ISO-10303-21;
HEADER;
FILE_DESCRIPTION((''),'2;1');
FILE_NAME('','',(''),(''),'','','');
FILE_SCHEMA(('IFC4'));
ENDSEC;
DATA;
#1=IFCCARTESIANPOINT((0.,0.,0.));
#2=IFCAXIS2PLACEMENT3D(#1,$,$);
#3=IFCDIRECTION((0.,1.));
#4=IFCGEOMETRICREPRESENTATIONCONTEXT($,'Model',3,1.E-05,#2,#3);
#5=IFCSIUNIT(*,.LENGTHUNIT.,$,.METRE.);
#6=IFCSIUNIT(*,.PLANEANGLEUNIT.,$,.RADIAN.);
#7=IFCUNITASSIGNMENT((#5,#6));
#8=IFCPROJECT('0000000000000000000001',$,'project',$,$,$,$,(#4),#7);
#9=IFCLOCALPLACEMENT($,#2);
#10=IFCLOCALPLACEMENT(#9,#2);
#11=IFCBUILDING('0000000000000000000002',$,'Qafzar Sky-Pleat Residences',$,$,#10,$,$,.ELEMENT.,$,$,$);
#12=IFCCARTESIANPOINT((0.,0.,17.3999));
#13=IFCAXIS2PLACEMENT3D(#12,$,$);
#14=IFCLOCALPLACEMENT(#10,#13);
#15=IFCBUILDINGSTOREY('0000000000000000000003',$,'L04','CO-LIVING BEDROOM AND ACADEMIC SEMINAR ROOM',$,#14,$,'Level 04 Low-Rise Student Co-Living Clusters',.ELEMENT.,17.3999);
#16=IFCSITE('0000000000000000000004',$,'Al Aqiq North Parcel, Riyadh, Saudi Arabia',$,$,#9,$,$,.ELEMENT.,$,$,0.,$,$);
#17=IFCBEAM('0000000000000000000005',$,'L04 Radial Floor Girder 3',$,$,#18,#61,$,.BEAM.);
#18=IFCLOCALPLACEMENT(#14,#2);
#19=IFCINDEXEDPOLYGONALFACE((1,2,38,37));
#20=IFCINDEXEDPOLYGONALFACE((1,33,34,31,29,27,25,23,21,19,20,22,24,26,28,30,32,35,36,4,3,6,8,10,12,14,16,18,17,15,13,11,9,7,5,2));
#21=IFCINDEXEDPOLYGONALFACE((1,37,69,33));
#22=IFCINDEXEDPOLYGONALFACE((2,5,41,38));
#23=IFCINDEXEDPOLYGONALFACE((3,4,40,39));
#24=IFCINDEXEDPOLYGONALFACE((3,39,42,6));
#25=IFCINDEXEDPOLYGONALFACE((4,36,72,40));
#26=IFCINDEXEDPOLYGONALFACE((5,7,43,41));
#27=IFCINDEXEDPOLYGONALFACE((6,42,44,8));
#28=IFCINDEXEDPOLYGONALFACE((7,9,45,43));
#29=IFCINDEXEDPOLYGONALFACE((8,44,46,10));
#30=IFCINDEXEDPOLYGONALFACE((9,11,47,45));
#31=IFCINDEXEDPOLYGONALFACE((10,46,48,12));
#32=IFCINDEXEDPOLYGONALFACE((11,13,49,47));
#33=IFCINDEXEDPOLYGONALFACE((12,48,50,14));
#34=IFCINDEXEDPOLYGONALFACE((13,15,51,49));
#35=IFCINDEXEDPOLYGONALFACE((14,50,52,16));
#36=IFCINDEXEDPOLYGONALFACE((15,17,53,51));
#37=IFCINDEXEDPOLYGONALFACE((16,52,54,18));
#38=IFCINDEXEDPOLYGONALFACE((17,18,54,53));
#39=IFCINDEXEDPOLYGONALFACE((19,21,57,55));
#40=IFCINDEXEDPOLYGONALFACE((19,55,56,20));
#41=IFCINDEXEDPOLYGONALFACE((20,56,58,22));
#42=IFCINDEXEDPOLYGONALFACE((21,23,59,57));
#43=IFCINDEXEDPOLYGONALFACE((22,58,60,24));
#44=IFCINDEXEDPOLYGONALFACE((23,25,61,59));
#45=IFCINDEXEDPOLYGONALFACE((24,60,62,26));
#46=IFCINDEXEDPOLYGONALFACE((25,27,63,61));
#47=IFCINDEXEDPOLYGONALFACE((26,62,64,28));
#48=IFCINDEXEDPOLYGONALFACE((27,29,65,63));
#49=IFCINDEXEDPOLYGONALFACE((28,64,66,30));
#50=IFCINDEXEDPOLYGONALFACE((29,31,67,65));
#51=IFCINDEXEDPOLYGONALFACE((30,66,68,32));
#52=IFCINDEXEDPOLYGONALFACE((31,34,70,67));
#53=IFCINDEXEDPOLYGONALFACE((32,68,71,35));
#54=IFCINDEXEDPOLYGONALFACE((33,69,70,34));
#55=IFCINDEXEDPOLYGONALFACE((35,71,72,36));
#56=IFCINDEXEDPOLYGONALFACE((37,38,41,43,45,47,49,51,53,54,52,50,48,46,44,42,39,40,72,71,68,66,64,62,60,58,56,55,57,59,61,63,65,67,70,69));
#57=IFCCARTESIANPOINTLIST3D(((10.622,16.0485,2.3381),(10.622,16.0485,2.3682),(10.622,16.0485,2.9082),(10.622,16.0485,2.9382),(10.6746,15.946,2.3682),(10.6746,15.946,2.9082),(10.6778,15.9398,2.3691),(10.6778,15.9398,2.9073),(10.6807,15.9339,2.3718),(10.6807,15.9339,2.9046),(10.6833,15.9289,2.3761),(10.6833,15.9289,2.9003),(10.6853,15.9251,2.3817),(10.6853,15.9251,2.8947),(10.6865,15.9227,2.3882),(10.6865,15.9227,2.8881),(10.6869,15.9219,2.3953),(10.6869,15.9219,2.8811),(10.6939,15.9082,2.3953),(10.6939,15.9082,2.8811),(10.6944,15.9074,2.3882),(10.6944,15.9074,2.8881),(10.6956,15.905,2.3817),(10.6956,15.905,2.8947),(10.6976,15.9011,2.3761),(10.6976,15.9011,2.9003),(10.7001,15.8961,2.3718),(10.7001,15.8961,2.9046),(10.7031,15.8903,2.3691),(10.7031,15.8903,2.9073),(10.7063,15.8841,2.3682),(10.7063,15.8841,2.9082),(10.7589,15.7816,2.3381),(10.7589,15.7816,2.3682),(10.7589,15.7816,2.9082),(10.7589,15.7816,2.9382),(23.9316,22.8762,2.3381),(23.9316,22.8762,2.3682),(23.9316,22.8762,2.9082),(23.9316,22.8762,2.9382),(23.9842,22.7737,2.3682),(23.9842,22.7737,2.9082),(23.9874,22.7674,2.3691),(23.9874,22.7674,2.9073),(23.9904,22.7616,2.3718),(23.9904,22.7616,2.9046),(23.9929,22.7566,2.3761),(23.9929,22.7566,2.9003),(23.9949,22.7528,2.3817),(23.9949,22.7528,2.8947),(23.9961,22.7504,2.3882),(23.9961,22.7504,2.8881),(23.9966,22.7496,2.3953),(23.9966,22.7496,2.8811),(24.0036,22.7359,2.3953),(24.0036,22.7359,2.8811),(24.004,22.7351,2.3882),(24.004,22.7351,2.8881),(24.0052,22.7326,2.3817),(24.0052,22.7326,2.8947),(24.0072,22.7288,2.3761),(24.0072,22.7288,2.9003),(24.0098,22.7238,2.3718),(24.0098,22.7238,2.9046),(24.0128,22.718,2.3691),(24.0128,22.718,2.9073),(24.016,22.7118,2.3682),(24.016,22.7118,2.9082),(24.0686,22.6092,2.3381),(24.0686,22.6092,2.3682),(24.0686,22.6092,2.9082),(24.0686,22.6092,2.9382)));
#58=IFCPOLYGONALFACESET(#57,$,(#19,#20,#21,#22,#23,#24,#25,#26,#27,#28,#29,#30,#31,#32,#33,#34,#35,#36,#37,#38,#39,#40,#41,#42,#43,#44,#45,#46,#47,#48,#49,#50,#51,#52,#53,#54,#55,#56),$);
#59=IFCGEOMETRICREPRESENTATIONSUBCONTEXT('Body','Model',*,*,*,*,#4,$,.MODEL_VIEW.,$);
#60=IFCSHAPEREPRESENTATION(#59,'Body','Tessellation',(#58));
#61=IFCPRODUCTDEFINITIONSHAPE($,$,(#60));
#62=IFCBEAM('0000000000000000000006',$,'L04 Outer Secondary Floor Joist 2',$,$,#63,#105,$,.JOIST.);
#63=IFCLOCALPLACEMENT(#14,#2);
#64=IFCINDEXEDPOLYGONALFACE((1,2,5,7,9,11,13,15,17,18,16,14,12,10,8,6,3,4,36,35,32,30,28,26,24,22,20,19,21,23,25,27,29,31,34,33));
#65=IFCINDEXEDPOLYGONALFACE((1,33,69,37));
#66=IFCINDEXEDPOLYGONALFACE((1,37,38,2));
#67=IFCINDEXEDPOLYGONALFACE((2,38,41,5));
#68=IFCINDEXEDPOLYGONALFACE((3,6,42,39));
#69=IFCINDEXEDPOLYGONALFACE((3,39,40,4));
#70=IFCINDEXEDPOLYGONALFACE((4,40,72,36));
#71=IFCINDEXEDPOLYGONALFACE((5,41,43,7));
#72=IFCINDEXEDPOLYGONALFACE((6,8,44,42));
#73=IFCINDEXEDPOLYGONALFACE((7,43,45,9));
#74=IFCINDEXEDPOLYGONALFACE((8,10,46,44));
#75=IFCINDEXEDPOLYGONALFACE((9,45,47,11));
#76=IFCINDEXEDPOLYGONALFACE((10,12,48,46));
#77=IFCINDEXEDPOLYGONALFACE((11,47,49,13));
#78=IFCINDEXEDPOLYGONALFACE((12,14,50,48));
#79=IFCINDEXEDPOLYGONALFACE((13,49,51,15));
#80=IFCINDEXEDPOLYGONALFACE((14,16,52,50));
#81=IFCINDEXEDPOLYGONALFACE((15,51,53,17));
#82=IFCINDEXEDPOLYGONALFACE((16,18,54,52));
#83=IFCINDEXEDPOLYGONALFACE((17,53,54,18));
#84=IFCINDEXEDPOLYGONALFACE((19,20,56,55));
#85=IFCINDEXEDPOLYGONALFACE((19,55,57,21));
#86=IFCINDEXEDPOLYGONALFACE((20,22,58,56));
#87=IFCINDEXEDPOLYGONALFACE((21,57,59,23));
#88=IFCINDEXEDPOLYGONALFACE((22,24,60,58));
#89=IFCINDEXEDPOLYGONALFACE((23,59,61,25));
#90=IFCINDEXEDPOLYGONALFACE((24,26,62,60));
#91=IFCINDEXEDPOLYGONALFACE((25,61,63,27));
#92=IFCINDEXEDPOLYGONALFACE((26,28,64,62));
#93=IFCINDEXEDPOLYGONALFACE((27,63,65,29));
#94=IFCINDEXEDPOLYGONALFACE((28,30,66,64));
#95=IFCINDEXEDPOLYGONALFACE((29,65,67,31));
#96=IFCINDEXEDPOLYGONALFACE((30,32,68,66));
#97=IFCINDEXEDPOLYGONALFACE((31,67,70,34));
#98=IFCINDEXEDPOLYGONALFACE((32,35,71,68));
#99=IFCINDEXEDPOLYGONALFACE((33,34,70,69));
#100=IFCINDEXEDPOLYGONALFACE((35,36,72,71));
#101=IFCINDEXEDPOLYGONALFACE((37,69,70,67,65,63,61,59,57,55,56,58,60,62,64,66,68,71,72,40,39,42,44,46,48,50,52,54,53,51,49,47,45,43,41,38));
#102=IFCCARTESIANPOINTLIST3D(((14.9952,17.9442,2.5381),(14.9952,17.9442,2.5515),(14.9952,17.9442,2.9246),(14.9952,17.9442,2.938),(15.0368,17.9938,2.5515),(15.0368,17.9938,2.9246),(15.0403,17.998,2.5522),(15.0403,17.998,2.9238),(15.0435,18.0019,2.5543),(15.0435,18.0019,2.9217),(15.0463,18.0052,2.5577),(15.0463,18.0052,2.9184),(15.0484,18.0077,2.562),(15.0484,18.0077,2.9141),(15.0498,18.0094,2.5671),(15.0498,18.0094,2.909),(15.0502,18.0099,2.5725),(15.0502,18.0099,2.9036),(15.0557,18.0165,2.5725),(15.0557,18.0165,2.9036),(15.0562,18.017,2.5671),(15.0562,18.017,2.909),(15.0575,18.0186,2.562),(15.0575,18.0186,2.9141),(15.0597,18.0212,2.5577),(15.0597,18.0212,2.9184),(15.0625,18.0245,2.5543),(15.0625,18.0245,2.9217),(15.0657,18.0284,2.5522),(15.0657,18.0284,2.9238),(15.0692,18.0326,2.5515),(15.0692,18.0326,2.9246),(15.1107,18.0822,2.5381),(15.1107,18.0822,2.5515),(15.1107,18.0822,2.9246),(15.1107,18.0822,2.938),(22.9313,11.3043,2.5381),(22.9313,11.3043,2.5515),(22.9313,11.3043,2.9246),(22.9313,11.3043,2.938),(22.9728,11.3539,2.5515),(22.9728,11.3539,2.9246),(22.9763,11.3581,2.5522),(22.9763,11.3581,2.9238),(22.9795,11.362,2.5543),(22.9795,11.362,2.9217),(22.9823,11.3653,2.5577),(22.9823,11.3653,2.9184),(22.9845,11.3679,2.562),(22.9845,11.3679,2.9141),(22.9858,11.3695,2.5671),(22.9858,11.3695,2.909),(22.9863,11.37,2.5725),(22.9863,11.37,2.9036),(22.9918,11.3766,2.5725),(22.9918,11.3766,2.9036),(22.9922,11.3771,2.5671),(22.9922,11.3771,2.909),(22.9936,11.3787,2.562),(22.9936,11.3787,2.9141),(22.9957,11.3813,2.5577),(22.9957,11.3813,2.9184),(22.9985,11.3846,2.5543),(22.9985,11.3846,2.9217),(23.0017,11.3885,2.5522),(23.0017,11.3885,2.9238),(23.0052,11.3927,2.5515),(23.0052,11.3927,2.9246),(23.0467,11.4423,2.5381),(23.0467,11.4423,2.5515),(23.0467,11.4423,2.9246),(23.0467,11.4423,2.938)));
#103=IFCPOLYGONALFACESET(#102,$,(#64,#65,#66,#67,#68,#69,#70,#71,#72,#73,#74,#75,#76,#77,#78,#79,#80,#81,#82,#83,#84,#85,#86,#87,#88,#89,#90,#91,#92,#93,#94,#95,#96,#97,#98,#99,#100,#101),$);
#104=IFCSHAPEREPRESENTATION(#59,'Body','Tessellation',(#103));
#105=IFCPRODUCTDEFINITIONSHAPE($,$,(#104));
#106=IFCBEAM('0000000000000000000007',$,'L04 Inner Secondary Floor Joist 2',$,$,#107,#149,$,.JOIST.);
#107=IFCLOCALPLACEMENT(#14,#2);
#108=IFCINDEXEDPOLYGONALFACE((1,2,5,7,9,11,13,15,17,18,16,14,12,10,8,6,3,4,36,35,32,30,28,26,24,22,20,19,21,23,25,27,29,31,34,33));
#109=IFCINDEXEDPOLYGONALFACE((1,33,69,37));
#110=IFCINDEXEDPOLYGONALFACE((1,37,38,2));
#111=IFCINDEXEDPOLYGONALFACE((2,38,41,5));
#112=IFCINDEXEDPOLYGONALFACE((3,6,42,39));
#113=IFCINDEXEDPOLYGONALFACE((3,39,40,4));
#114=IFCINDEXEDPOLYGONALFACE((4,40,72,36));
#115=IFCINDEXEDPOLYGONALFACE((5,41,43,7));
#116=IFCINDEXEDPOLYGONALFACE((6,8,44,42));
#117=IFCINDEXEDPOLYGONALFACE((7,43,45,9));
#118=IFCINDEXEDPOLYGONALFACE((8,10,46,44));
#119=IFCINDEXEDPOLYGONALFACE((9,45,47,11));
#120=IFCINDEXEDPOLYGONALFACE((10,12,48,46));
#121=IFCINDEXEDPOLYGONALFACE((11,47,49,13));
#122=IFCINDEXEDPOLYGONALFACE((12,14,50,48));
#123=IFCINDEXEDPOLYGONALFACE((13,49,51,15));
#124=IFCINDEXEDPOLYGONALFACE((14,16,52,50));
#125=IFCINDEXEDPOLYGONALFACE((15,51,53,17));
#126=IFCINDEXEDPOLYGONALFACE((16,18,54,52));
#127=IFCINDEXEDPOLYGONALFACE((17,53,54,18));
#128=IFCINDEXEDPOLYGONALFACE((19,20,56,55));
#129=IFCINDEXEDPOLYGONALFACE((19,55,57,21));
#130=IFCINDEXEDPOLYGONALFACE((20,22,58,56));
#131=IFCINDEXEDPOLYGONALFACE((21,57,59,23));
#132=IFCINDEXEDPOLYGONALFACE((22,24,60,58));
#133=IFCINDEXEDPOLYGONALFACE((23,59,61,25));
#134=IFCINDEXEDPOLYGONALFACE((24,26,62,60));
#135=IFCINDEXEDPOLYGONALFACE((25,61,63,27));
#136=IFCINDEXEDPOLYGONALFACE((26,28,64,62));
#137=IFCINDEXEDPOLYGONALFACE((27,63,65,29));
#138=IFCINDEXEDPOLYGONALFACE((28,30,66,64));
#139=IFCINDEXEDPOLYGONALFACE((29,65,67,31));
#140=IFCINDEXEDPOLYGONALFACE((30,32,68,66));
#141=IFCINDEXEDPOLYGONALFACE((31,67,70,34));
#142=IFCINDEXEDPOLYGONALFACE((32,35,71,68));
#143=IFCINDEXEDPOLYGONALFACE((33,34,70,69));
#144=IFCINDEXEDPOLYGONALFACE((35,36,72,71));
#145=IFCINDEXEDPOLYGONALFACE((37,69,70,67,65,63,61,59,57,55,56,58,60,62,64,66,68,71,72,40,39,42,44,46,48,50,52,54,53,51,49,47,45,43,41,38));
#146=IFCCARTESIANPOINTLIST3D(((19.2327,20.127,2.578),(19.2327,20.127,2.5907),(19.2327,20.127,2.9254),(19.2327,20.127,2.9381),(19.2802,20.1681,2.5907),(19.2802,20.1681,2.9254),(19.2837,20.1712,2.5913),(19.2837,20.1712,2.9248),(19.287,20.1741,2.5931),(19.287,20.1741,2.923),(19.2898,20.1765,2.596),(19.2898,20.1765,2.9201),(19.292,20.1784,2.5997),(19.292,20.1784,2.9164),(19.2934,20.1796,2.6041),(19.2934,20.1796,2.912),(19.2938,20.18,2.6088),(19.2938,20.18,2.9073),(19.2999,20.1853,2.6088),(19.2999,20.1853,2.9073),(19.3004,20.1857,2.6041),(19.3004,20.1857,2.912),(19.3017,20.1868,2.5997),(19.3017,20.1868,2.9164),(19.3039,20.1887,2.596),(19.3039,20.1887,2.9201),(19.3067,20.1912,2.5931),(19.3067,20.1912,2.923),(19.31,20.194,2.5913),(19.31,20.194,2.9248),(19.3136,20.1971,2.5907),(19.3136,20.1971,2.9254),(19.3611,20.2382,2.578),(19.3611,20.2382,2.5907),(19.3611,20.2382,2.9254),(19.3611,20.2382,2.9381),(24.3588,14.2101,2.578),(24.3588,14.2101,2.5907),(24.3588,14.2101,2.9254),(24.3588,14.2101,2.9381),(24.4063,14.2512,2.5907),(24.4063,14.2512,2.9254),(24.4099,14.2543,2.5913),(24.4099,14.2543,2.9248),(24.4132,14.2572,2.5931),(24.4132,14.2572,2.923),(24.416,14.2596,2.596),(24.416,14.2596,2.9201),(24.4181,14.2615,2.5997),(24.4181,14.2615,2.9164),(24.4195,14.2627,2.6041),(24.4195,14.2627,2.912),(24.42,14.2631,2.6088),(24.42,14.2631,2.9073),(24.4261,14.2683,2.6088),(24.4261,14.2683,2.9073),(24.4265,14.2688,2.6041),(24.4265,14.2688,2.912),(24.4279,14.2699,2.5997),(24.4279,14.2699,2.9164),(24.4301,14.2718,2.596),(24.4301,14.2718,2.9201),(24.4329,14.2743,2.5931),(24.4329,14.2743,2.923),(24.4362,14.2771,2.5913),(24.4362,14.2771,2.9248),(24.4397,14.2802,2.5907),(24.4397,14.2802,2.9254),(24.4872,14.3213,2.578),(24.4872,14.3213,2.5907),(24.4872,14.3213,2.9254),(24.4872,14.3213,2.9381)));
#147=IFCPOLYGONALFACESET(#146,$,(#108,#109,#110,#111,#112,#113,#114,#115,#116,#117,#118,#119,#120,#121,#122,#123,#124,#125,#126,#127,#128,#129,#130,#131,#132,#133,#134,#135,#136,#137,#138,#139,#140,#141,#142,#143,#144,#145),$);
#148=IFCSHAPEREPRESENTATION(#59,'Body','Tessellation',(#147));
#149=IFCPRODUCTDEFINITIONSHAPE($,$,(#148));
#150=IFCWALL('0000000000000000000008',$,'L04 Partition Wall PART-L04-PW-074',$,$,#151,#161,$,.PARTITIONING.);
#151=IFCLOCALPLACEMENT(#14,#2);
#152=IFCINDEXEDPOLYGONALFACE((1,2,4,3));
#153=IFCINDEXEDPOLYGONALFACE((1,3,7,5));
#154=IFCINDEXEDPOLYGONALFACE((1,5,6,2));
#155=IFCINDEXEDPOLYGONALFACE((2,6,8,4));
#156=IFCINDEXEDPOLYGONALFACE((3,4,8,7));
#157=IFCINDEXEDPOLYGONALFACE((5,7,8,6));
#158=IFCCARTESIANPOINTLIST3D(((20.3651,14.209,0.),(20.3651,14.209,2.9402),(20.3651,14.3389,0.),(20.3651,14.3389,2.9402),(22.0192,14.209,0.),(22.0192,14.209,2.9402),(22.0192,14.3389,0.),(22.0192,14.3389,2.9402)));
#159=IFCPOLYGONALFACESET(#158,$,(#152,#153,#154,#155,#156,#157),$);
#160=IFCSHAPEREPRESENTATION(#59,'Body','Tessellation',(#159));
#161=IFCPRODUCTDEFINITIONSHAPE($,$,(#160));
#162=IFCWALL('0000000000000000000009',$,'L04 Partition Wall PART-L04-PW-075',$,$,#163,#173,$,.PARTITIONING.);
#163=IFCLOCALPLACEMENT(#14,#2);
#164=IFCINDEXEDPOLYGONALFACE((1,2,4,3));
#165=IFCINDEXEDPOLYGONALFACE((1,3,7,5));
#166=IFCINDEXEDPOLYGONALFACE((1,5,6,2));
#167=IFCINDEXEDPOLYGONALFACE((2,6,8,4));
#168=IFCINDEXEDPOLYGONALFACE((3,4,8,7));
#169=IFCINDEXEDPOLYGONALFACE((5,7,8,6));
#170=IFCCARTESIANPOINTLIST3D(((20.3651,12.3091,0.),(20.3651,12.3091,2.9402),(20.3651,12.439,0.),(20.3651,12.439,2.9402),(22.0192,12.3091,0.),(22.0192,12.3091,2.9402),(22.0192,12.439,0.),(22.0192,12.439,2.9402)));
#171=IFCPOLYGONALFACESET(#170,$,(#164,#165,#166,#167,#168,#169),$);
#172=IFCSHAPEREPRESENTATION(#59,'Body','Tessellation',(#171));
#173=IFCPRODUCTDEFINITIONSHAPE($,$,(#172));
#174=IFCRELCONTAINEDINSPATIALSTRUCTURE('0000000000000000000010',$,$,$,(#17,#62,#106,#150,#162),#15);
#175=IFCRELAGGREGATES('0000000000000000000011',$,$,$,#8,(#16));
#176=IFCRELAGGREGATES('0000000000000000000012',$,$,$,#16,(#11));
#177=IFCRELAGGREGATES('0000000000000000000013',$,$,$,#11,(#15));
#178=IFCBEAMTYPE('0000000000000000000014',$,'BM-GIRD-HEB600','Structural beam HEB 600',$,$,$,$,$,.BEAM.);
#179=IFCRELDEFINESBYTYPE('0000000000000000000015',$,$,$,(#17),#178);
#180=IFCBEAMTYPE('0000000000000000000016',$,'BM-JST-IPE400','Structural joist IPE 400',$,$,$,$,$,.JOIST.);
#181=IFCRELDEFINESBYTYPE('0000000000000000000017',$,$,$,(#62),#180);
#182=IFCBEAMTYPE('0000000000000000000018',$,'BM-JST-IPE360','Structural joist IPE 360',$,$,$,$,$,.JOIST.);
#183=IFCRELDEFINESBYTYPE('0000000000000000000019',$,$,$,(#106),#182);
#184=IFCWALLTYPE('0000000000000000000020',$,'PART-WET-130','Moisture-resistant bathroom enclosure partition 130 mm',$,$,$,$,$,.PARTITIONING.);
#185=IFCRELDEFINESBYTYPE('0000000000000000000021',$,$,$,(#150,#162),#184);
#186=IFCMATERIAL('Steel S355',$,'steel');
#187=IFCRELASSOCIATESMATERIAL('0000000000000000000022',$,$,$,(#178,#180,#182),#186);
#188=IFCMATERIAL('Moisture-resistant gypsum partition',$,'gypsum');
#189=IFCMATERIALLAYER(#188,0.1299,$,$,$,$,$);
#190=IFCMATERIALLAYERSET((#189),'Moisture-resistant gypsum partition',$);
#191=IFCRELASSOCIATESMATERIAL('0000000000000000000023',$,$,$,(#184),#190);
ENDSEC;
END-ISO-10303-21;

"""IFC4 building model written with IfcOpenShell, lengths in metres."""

from ifc_helpers import new_model, si_unit, direction, frame, frame_2d, origin, origin_2d, place, context, subcontext, project, spatial, rectangle, i_section, extrude, source, transform, mapped, material, layer, layer_set, material_profile, profile_set, type_object, element, save


model = new_model("IFC4")

# Units and contexts
model_context = context("Model", 3, precision=1e-05, world=origin(), true_north=direction((0.0, 1.0)))
body_context = subcontext(model_context, "Body", "Model", "MODEL_VIEW")
ifc_project = project(units=[si_unit("LENGTHUNIT", "METRE"), si_unit("PLANEANGLEUNIT", "RADIAN")], contexts=[model_context])

# Site, building, storey
site_placement = place(None, origin())
site = spatial("IfcSite", under=ifc_project, at=site_placement, Name="Al Aqiq North Parcel, Riyadh, Saudi Arabia", CompositionType="ELEMENT", RefElevation=0.0)
building_placement = place(site_placement, origin())
building = spatial("IfcBuilding", under=site, at=building_placement, Name="Qafzar Sky-Pleat Residences", CompositionType="ELEMENT")
storey_placement = place(building_placement, frame((0.0, 0.0, 17.3999)))
storey = spatial("IfcBuildingStorey", under=building, at=storey_placement, Name="L04", Description="CO-LIVING BEDROOM AND ACADEMIC SEMINAR ROOM", LongName="Level 04 Low-Rise Student Co-Living Clusters", CompositionType="ELEMENT", Elevation=17.3999)

# Beams
ifc_material_1 = material(Name="Steel S355", Category="steel")
ifc_material_profile_1 = material_profile(ifc_material_1, i_section(OverallWidth=0.3, OverallDepth=0.6001, WebThickness=0.0154, FlangeThickness=0.03, FilletRadius=0.0271, at=origin_2d()), Name="HEB 600")
ifc_profile_set_1 = profile_set([ifc_material_profile_1], Name="Steel S355")
beam_type_1 = type_object("IfcBeamType", Name="BM-GIRD-HEB600", Description="Structural beam HEB 600", PredefinedType="BEAM", material=ifc_profile_set_1)
shared_shape_1 = source(origin(), body_context, "Body", "SweptSolid", [
    extrude(i_section(OverallWidth=0.3, OverallDepth=0.6001, WebThickness=0.0154, FlangeThickness=0.03, FilletRadius=0.0271, at=origin_2d()), origin(), (0.0, 0.0, 1.0), 14.9587),
])
beam_1_placement = place(storey_placement, frame((10.6904, 15.915, 2.6382), z_axis=(0.889757, 0.456434, 0.0), x_axis=(-0.456434, 0.889757, 0.0)))
element("IfcBeam", 1, at=beam_1_placement, inside=storey, type_object=beam_type_1, Name="L04 Radial Floor Girder 3", PredefinedType="BEAM", context=body_context, shape_type="MappedRepresentation", body=[
    mapped(shared_shape_1, transform((0.0, 0.0, 0.0), x_axis=(1.0, 0.0, 0.0), y_axis=(0.0, 1.0, 0.0), z_axis=(0.0, 0.0, 1.0), scale=1.0)),
])
ifc_material_profile_2 = material_profile(ifc_material_1, i_section(OverallWidth=0.1799, OverallDepth=0.3999, WebThickness=0.0085, FlangeThickness=0.0134, FilletRadius=0.021, at=origin_2d()), Name="IPE 400")
ifc_profile_set_2 = profile_set([ifc_material_profile_2], Name="Steel S355")
beam_type_2 = type_object("IfcBeamType", Name="BM-JST-IPE400", Description="Structural joist IPE 400", PredefinedType="JOIST", material=ifc_profile_set_2)
shared_shape_2 = source(origin(), body_context, "Body", "SweptSolid", [
    extrude(i_section(OverallWidth=0.1799, OverallDepth=0.3999, WebThickness=0.0085, FlangeThickness=0.0134, FilletRadius=0.021, at=origin_2d()), origin(), (0.0, 0.0, 1.0), 10.3474),
])
beam_2_placement = place(storey_placement, frame((15.053, 18.0132, 2.738), z_axis=(0.766959, -0.641696, 0.0), x_axis=(0.641696, 0.766959, 0.0)))
element("IfcBeam", 2, at=beam_2_placement, inside=storey, type_object=beam_type_2, Name="L04 Outer Secondary Floor Joist 2", PredefinedType="JOIST", context=body_context, shape_type="MappedRepresentation", body=[
    mapped(shared_shape_2, transform((0.0, 0.0, 0.0), x_axis=(1.0, 0.0, 0.0), y_axis=(0.0, 1.0, 0.0), z_axis=(0.0, 0.0, 1.0), scale=1.0)),
])
ifc_material_profile_3 = material_profile(ifc_material_1, i_section(OverallWidth=0.1699, OverallDepth=0.3601, WebThickness=0.0081, FlangeThickness=0.0127, FilletRadius=0.0181, at=origin_2d()), Name="IPE 360")
ifc_profile_set_3 = profile_set([ifc_material_profile_3], Name="Steel S355")
beam_type_3 = type_object("IfcBeamType", Name="BM-JST-IPE360", Description="Structural joist IPE 360", PredefinedType="JOIST", material=ifc_profile_set_3)
shared_shape_3 = source(origin(), body_context, "Body", "SweptSolid", [
    extrude(i_section(OverallWidth=0.1699, OverallDepth=0.3601, WebThickness=0.0081, FlangeThickness=0.0127, FilletRadius=0.0181, at=origin_2d()), origin(), (0.0, 0.0, 1.0), 7.8286),
])
beam_3_placement = place(storey_placement, frame((19.2969, 20.1826, 2.7581), z_axis=(0.654796, -0.755805, 0.0), x_axis=(0.755805, 0.654796, 0.0)))
element("IfcBeam", 3, at=beam_3_placement, inside=storey, type_object=beam_type_3, Name="L04 Inner Secondary Floor Joist 2", PredefinedType="JOIST", context=body_context, shape_type="MappedRepresentation", body=[
    mapped(shared_shape_3, transform((0.0, 0.0, 0.0), x_axis=(1.0, 0.0, 0.0), y_axis=(0.0, 1.0, 0.0), z_axis=(0.0, 0.0, 1.0), scale=1.0)),
])

# Walls
ifc_material_2 = material(Name="Moisture-resistant gypsum partition", Category="gypsum")
ifc_layer_1 = layer(ifc_material_2, 0.1299)
ifc_layer_set_1 = layer_set([ifc_layer_1], Name="Moisture-resistant gypsum partition")
wall_type_1 = type_object("IfcWallType", Name="PART-WET-130", Description="Moisture-resistant bathroom enclosure partition 130 mm", PredefinedType="PARTITIONING", material=ifc_layer_set_1)
for number, where, z_axis, x_axis, name in (
    (4, (20.365, 14.2739, 0.0), (0.0, 0.0, 1.0), (1.0, 0.0, 0.0), "L04 Partition Wall PART-L04-PW-074"),
    (5, (20.365, 12.374, 0.0), (0.0, 0.0, 1.0), (1.0, 0.0, 0.0), "L04 Partition Wall PART-L04-PW-075"),
):
    element("IfcWall", number, at=place(storey_placement, frame(where, z_axis=z_axis, x_axis=x_axis)), inside=storey, type_object=wall_type_1, Name=name, PredefinedType="PARTITIONING", context=body_context, shape_type="SweptSolid", body=[
        extrude(rectangle(XDim=1.6541, YDim=0.1299, at=frame_2d((0.8271, 0.0))), origin(), (0.0, 0.0, 1.0), 2.9402),
    ])

save(model, "model.ifc")
